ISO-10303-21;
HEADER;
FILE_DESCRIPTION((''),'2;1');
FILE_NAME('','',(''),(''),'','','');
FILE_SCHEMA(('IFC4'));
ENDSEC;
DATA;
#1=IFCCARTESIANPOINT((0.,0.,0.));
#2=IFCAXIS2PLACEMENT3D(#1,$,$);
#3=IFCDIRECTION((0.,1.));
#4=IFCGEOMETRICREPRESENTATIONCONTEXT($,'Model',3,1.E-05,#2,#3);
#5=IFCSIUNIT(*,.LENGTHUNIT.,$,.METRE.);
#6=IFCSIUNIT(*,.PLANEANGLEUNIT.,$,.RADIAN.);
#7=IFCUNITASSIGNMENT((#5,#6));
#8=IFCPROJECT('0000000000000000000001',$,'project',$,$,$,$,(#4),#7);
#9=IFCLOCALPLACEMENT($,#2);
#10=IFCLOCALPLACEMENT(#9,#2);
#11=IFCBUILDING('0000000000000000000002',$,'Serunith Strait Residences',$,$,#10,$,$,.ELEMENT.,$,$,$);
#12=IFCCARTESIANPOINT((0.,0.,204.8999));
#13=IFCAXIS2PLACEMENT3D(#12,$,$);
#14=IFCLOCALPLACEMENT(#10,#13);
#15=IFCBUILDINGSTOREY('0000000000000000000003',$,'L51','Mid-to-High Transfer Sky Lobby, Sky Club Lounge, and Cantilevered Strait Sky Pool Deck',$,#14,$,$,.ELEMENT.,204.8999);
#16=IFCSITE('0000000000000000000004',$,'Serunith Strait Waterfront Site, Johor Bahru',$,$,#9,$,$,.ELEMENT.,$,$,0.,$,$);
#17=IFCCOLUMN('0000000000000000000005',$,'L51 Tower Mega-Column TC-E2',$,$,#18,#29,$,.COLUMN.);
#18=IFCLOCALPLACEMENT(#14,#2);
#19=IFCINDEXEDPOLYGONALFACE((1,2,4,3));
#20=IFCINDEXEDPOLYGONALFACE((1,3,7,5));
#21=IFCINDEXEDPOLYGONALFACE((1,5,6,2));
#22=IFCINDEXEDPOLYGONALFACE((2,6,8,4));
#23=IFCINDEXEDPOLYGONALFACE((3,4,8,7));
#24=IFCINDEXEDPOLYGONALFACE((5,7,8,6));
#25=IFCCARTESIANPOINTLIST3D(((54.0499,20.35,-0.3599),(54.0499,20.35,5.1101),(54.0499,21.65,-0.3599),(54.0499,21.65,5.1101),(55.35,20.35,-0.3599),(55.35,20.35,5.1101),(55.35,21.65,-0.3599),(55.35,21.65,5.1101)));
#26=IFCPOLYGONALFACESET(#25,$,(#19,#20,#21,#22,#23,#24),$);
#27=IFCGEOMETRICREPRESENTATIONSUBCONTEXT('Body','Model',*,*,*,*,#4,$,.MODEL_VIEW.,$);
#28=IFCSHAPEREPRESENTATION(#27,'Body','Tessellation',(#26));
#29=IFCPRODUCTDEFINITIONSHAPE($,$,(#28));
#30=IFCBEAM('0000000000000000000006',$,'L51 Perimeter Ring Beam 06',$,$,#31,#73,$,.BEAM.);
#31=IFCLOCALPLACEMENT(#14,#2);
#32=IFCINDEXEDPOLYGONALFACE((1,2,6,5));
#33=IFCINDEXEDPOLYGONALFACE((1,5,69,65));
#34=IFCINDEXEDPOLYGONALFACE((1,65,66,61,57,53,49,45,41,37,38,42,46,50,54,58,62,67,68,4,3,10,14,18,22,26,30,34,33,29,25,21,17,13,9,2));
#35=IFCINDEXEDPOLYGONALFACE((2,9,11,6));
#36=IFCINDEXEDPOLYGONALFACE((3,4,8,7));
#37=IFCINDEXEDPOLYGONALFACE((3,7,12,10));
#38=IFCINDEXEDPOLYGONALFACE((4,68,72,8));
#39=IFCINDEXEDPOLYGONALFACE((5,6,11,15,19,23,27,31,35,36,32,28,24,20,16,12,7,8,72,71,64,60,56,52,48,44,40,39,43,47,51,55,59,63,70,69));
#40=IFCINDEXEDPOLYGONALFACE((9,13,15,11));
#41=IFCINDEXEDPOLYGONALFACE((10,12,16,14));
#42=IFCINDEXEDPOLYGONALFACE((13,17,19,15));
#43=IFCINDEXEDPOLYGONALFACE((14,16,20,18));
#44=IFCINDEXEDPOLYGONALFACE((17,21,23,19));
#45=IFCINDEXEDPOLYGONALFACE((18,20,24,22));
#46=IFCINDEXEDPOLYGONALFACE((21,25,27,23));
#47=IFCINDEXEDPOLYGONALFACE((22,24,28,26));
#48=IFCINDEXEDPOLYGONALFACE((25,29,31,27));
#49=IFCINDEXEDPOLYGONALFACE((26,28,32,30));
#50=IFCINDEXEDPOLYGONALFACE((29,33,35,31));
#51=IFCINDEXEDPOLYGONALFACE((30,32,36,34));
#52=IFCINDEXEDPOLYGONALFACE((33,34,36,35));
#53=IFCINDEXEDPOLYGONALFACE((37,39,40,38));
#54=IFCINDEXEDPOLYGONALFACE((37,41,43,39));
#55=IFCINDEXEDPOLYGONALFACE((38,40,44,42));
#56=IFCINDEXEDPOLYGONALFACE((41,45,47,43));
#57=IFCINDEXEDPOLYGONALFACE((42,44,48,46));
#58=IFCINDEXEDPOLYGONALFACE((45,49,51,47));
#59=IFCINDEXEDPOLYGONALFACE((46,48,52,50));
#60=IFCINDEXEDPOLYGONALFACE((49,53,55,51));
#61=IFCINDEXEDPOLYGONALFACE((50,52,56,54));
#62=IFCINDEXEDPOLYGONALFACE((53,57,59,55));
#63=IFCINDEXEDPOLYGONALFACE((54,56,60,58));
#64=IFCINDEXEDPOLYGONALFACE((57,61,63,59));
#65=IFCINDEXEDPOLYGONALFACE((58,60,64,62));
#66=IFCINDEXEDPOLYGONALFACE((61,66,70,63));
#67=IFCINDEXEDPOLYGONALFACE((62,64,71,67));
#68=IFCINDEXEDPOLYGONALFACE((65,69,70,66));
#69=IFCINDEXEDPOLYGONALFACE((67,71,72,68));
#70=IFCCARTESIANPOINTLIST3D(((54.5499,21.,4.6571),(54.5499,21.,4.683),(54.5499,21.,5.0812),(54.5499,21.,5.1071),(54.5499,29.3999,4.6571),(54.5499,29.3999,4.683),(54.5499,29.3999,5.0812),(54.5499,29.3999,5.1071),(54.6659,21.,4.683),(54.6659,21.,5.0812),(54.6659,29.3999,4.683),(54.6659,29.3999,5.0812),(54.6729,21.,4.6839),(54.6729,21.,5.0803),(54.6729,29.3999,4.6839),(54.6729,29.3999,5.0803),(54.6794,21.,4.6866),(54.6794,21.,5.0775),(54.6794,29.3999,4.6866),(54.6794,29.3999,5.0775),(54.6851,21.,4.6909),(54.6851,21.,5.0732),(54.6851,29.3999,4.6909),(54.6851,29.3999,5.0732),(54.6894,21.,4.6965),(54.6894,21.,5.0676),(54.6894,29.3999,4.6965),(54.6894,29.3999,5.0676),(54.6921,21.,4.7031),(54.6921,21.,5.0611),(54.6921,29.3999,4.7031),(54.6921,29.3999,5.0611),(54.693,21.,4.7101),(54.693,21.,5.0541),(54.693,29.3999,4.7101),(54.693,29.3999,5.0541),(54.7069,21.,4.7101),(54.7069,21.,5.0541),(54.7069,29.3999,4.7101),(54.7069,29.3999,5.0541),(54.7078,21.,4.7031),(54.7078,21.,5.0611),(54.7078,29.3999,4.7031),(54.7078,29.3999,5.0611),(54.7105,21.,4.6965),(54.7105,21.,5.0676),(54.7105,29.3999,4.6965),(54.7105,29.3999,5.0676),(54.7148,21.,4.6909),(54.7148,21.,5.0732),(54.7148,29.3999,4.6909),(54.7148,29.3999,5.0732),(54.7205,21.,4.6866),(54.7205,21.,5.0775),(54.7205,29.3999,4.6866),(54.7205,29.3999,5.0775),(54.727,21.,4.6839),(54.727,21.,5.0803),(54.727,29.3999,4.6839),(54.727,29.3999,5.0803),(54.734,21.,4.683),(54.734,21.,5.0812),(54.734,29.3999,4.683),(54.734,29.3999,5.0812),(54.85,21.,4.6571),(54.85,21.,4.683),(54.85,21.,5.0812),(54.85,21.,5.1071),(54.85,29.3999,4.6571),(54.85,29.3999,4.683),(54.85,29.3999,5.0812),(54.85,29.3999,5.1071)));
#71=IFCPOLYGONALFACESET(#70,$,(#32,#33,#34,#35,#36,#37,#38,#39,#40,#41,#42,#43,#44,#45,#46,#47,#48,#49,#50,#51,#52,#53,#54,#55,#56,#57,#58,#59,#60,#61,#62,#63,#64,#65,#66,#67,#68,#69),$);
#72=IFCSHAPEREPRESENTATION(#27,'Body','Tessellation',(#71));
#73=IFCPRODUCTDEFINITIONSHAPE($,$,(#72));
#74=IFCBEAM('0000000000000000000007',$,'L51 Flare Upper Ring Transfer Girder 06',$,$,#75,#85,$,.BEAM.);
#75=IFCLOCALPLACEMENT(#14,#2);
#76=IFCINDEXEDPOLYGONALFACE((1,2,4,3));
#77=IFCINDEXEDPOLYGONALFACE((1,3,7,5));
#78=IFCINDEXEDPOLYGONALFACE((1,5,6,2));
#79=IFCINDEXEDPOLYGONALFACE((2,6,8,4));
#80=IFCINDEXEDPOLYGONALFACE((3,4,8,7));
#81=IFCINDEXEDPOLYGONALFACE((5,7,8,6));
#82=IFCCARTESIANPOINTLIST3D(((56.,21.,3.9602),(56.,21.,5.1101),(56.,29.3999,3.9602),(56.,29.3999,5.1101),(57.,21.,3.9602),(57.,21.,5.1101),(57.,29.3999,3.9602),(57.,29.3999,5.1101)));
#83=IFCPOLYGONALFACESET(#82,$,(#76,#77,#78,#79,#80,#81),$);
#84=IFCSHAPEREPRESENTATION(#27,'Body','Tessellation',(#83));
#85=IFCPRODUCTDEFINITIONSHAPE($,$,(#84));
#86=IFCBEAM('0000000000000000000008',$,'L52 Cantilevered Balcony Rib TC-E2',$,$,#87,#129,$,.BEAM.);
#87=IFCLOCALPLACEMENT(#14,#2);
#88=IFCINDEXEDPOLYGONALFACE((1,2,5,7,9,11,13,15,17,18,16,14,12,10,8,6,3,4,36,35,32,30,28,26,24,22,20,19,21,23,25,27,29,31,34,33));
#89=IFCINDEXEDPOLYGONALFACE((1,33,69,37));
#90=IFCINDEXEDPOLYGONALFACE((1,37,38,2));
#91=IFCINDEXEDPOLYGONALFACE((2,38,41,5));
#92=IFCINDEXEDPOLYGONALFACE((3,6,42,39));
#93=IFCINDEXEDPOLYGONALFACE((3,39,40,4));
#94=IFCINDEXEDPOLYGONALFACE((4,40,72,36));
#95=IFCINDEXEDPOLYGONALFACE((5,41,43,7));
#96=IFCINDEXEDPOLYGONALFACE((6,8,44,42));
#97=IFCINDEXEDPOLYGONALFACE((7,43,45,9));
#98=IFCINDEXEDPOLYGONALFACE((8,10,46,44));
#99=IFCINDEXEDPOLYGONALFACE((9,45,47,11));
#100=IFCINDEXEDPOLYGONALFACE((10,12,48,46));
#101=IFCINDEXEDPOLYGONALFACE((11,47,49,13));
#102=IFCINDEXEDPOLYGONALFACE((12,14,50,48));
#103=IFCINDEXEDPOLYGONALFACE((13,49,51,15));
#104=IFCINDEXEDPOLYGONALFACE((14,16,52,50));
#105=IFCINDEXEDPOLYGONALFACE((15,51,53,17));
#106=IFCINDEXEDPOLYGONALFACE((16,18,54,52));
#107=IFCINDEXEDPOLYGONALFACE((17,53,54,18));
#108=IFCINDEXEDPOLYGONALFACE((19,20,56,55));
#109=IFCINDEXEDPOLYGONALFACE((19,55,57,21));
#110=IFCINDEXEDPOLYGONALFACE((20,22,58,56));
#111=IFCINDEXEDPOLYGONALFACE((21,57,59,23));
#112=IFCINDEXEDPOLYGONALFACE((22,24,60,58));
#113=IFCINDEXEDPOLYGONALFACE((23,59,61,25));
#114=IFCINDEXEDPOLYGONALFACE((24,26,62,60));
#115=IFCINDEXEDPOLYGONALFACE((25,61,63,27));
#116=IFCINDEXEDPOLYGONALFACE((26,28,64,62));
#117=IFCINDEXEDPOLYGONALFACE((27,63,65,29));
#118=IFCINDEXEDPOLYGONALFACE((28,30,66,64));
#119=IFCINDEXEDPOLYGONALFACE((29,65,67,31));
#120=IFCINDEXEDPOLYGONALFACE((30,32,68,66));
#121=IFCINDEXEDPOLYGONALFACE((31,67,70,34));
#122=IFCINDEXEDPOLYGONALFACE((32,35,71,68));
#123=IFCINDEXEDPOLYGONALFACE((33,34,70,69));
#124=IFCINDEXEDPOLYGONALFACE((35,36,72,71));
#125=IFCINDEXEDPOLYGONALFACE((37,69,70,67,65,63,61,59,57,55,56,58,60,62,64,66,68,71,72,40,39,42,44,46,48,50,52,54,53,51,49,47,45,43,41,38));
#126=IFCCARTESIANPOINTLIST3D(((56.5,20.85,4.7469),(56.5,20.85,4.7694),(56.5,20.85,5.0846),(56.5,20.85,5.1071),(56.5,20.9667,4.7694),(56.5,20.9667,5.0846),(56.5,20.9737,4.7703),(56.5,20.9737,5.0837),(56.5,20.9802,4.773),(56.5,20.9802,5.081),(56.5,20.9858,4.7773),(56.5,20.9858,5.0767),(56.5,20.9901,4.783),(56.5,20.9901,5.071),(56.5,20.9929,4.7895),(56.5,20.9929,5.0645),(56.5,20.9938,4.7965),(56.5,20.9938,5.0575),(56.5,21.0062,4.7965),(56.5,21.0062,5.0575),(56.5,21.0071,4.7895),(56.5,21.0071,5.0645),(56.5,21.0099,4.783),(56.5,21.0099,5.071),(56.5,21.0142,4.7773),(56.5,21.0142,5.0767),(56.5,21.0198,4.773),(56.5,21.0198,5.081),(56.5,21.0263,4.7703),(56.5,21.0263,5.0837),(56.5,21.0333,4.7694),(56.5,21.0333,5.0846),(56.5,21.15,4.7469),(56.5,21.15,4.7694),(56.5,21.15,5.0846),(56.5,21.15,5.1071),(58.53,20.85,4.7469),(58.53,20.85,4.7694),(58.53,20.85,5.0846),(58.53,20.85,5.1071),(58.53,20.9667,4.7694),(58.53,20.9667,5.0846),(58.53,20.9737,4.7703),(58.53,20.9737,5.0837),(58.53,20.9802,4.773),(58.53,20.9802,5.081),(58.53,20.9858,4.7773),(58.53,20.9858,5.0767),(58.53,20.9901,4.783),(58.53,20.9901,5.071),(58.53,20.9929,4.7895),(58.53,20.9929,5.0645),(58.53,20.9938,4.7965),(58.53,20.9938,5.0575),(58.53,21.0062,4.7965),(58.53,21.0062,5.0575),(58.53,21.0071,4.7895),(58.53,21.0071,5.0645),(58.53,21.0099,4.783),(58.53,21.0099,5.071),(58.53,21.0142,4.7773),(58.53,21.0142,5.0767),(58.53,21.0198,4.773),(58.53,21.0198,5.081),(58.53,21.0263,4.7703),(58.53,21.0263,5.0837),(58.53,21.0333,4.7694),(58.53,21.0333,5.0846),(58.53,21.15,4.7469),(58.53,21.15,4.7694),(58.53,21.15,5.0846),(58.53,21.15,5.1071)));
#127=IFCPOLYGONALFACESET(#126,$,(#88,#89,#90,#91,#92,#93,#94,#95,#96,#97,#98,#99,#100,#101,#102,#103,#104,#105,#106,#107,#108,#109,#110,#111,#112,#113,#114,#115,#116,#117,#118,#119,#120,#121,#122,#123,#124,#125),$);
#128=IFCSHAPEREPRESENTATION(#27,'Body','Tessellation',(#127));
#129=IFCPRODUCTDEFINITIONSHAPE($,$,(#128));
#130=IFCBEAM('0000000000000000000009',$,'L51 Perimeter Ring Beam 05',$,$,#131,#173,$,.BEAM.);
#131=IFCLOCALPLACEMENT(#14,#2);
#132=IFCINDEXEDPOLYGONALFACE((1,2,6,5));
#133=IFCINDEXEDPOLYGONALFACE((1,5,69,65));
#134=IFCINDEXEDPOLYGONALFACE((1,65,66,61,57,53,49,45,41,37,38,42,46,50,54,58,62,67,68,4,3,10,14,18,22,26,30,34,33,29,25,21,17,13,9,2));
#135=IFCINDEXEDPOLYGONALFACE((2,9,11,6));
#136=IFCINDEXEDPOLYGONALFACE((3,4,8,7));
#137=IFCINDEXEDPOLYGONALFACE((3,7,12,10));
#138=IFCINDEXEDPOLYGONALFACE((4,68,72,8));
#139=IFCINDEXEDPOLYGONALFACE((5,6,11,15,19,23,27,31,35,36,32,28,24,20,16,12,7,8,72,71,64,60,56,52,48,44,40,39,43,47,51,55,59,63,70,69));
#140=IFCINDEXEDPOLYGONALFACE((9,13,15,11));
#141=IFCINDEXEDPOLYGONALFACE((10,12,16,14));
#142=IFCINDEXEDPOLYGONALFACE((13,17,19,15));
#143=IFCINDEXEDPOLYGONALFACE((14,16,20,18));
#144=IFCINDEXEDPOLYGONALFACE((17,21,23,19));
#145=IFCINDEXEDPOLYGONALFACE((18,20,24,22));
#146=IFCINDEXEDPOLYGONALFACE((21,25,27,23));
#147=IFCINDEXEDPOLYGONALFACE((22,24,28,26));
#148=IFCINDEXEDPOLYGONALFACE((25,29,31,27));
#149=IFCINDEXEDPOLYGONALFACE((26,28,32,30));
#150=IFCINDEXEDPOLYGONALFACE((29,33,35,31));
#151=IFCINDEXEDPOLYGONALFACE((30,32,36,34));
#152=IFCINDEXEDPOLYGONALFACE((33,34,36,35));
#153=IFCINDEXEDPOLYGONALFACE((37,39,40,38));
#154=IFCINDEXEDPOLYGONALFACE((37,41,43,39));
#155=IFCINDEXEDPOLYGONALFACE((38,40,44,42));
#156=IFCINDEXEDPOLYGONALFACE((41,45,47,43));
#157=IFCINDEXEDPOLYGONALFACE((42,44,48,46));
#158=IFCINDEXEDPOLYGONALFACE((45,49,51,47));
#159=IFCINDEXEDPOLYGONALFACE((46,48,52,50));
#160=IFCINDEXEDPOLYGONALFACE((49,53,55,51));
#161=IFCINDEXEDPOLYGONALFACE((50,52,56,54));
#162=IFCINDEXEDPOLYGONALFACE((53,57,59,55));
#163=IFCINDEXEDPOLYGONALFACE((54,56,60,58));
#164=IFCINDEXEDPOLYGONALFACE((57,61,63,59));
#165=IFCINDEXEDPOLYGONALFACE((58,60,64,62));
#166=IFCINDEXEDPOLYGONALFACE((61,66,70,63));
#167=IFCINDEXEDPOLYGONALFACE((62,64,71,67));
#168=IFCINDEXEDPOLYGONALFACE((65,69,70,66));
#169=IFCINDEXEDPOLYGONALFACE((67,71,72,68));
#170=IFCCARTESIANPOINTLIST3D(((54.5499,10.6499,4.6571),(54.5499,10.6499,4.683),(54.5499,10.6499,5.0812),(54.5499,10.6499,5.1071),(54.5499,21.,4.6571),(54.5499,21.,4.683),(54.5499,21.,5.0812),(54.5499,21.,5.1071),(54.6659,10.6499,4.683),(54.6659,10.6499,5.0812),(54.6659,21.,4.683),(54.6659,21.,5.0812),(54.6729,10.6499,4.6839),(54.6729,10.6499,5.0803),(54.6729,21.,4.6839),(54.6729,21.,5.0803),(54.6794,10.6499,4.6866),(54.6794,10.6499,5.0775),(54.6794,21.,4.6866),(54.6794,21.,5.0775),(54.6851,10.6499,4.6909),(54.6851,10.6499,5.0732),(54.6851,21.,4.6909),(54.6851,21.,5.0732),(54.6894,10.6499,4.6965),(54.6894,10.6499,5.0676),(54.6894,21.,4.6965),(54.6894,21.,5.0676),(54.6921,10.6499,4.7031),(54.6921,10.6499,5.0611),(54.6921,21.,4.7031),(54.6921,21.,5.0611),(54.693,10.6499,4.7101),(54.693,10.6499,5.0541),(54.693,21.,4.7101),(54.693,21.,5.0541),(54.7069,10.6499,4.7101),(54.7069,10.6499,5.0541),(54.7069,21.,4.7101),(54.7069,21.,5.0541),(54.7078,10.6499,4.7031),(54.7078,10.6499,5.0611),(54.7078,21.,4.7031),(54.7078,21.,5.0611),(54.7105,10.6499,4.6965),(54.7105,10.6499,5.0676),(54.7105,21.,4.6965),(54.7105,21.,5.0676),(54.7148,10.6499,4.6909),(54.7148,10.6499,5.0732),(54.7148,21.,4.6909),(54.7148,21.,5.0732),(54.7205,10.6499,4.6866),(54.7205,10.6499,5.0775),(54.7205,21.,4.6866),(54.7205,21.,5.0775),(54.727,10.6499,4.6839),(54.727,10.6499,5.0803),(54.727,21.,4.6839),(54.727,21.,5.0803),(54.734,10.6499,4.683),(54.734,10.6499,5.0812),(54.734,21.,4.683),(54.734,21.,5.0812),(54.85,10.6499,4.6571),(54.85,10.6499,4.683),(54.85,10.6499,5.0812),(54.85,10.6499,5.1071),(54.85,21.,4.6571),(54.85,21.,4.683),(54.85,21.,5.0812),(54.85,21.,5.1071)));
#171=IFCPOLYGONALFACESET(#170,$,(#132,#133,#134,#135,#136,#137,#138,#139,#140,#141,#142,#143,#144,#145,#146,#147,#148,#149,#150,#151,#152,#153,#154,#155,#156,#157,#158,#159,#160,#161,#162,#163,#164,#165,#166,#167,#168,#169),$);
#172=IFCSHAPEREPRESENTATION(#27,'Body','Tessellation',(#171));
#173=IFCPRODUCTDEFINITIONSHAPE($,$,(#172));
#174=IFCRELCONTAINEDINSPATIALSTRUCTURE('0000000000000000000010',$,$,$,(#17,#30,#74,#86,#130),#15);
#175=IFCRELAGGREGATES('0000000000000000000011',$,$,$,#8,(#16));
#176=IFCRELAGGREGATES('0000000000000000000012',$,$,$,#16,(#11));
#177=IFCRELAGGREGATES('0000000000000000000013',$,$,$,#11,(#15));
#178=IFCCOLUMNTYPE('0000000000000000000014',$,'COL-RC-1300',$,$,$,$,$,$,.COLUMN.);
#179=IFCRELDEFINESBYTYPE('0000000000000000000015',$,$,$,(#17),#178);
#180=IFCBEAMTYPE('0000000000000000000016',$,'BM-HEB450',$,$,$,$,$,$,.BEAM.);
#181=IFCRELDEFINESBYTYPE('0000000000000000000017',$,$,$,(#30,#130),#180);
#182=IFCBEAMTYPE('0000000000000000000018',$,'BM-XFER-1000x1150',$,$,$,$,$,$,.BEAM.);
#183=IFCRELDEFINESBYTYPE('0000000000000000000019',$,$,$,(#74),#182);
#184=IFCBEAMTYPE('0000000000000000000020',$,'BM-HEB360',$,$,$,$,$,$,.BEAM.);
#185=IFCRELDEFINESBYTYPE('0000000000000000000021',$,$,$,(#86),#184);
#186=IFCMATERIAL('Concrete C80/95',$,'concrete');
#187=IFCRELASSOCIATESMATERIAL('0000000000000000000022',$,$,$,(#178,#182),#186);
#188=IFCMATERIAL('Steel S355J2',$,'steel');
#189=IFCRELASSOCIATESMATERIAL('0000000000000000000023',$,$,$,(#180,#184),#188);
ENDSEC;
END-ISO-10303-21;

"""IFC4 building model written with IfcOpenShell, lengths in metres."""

from ifc_helpers import new_model, si_unit, direction, frame, origin, origin_2d, place, context, subcontext, project, spatial, rectangle, i_section, extrude, source, transform, mapped, material, material_profile, profile_set, type_object, element, save


model = new_model("IFC4")

# Units and contexts
model_context = context("Model", 3, precision=1e-05, world=origin(), true_north=direction((0.0, 1.0)))
body_context = subcontext(model_context, "Body", "Model", "MODEL_VIEW")
ifc_project = project(units=[si_unit("LENGTHUNIT", "METRE"), si_unit("PLANEANGLEUNIT", "RADIAN")], contexts=[model_context])

# Site, building, storey
site_placement = place(None, origin())
site = spatial("IfcSite", under=ifc_project, at=site_placement, Name="Serunith Strait Waterfront Site, Johor Bahru", CompositionType="ELEMENT", RefElevation=0.0)
building_placement = place(site_placement, origin())
building = spatial("IfcBuilding", under=site, at=building_placement, Name="Serunith Strait Residences", CompositionType="ELEMENT")
storey_placement = place(building_placement, frame((0.0, 0.0, 204.8999)))
storey = spatial("IfcBuildingStorey", under=building, at=storey_placement, Name="L51", Description="Mid-to-High Transfer Sky Lobby, Sky Club Lounge, and Cantilevered Strait Sky Pool Deck", CompositionType="ELEMENT", Elevation=204.8999)

# Column
ifc_material_1 = material(Name="Concrete C80/95", Category="concrete")
ifc_material_profile_1 = material_profile(ifc_material_1, rectangle(XDim=1.3, YDim=1.3, at=origin_2d()), Name="RC 1300x1300")
ifc_profile_set_1 = profile_set([ifc_material_profile_1], Name="Concrete C80/95")
column_type = type_object("IfcColumnType", Name="COL-RC-1300", PredefinedType="COLUMN", material=ifc_profile_set_1)
shared_shape_1 = source(origin(), body_context, "Body", "SweptSolid", [
    extrude(rectangle(XDim=1.3, YDim=1.3, at=origin_2d()), origin(), (0.0, 0.0, 1.0), 5.47),
])
column_placement = place(storey_placement, frame((54.7, 21.0, -0.3599), z_axis=(0.0, 0.0, 1.0), x_axis=(1.0, 0.0, 0.0)))
element("IfcColumn", 1, at=column_placement, inside=storey, type_object=column_type, Name="L51 Tower Mega-Column TC-E2", PredefinedType="COLUMN", context=body_context, shape_type="MappedRepresentation", body=[
    mapped(shared_shape_1, transform((0.0, 0.0, 0.0), scale=1.0)),
])

# Beams
ifc_material_2 = material(Name="Steel S355J2", Category="steel")
ifc_material_profile_2 = material_profile(ifc_material_2, i_section(OverallWidth=0.3, OverallDepth=0.45, WebThickness=0.0139, FlangeThickness=0.0259, FilletRadius=0.0271, at=origin_2d()), Name="HEB 450")
ifc_profile_set_2 = profile_set([ifc_material_profile_2], Name="Steel S355J2")
beam_type_1 = type_object("IfcBeamType", Name="BM-HEB450", PredefinedType="BEAM", material=ifc_profile_set_2)
shared_shape_2 = source(origin(), body_context, "Body", "SweptSolid", [
    extrude(i_section(OverallWidth=0.3, OverallDepth=0.45, WebThickness=0.0139, FlangeThickness=0.0259, FilletRadius=0.0271, at=origin_2d()), origin(), (0.0, 0.0, 1.0), 8.3999),
])
beam_1_placement = place(storey_placement, frame((54.7, 21.0, 4.8821), z_axis=(0.0, 1.0, 0.0), x_axis=(-1.0, 0.0, 0.0)))
element("IfcBeam", 2, at=beam_1_placement, inside=storey, type_object=beam_type_1, Name="L51 Perimeter Ring Beam 06", PredefinedType="BEAM", context=body_context, shape_type="MappedRepresentation", body=[
    mapped(shared_shape_2, transform((0.0, 0.0, 0.0), scale=1.0)),
])
ifc_material_profile_3 = material_profile(ifc_material_1, rectangle(XDim=1.0, YDim=1.1499, at=origin_2d()), Name="RC 1000x1150")
ifc_profile_set_3 = profile_set([ifc_material_profile_3], Name="Concrete C80/95")
beam_type_2 = type_object("IfcBeamType", Name="BM-XFER-1000x1150", PredefinedType="BEAM", material=ifc_profile_set_3)
shared_shape_3 = source(origin(), body_context, "Body", "SweptSolid", [
    extrude(rectangle(XDim=1.0, YDim=1.1499, at=origin_2d()), origin(), (0.0, 0.0, 1.0), 8.3999),
])
beam_2_placement = place(storey_placement, frame((56.5, 21.0, 4.5352), z_axis=(0.0, 1.0, 0.0), x_axis=(-1.0, 0.0, 0.0)))
element("IfcBeam", 3, at=beam_2_placement, inside=storey, type_object=beam_type_2, Name="L51 Flare Upper Ring Transfer Girder 06", PredefinedType="BEAM", context=body_context, shape_type="MappedRepresentation", body=[
    mapped(shared_shape_3, transform((0.0, 0.0, 0.0), scale=1.0)),
])
ifc_material_profile_4 = material_profile(ifc_material_2, i_section(OverallWidth=0.3, OverallDepth=0.3601, WebThickness=0.0125, FlangeThickness=0.0225, FilletRadius=0.0271, at=origin_2d()), Name="HEB 360")
ifc_profile_set_4 = profile_set([ifc_material_profile_4], Name="Steel S355J2")
beam_type_3 = type_object("IfcBeamType", Name="BM-HEB360", PredefinedType="BEAM", material=ifc_profile_set_4)
shared_shape_4 = source(origin(), body_context, "Body", "SweptSolid", [
    extrude(i_section(OverallWidth=0.3, OverallDepth=0.3601, WebThickness=0.0125, FlangeThickness=0.0225, FilletRadius=0.0271, at=origin_2d()), origin(), (0.0, 0.0, 1.0), 2.03),
])
beam_3_placement = place(storey_placement, frame((56.5, 21.0, 4.927), z_axis=(1.0, 0.0, 0.0), x_axis=(0.0, 1.0, 0.0)))
element("IfcBeam", 4, at=beam_3_placement, inside=storey, type_object=beam_type_3, Name="L52 Cantilevered Balcony Rib TC-E2", PredefinedType="BEAM", context=body_context, shape_type="MappedRepresentation", body=[
    mapped(shared_shape_4, transform((0.0, 0.0, 0.0), scale=1.0)),
])
shared_shape_5 = source(origin(), body_context, "Body", "SweptSolid", [
    extrude(i_section(OverallWidth=0.3, OverallDepth=0.45, WebThickness=0.0139, FlangeThickness=0.0259, FilletRadius=0.0271, at=origin_2d()), origin(), (0.0, 0.0, 1.0), 10.3501),
])
beam_4_placement = place(storey_placement, frame((54.7, 10.6499, 4.8821), z_axis=(0.0, 1.0, 0.0), x_axis=(-1.0, 0.0, 0.0)))
element("IfcBeam", 5, at=beam_4_placement, inside=storey, type_object=beam_type_1, Name="L51 Perimeter Ring Beam 05", PredefinedType="BEAM", context=body_context, shape_type="MappedRepresentation", body=[
    mapped(shared_shape_5, transform((0.0, 0.0, 0.0), scale=1.0)),
])

save(model, "model.ifc")
